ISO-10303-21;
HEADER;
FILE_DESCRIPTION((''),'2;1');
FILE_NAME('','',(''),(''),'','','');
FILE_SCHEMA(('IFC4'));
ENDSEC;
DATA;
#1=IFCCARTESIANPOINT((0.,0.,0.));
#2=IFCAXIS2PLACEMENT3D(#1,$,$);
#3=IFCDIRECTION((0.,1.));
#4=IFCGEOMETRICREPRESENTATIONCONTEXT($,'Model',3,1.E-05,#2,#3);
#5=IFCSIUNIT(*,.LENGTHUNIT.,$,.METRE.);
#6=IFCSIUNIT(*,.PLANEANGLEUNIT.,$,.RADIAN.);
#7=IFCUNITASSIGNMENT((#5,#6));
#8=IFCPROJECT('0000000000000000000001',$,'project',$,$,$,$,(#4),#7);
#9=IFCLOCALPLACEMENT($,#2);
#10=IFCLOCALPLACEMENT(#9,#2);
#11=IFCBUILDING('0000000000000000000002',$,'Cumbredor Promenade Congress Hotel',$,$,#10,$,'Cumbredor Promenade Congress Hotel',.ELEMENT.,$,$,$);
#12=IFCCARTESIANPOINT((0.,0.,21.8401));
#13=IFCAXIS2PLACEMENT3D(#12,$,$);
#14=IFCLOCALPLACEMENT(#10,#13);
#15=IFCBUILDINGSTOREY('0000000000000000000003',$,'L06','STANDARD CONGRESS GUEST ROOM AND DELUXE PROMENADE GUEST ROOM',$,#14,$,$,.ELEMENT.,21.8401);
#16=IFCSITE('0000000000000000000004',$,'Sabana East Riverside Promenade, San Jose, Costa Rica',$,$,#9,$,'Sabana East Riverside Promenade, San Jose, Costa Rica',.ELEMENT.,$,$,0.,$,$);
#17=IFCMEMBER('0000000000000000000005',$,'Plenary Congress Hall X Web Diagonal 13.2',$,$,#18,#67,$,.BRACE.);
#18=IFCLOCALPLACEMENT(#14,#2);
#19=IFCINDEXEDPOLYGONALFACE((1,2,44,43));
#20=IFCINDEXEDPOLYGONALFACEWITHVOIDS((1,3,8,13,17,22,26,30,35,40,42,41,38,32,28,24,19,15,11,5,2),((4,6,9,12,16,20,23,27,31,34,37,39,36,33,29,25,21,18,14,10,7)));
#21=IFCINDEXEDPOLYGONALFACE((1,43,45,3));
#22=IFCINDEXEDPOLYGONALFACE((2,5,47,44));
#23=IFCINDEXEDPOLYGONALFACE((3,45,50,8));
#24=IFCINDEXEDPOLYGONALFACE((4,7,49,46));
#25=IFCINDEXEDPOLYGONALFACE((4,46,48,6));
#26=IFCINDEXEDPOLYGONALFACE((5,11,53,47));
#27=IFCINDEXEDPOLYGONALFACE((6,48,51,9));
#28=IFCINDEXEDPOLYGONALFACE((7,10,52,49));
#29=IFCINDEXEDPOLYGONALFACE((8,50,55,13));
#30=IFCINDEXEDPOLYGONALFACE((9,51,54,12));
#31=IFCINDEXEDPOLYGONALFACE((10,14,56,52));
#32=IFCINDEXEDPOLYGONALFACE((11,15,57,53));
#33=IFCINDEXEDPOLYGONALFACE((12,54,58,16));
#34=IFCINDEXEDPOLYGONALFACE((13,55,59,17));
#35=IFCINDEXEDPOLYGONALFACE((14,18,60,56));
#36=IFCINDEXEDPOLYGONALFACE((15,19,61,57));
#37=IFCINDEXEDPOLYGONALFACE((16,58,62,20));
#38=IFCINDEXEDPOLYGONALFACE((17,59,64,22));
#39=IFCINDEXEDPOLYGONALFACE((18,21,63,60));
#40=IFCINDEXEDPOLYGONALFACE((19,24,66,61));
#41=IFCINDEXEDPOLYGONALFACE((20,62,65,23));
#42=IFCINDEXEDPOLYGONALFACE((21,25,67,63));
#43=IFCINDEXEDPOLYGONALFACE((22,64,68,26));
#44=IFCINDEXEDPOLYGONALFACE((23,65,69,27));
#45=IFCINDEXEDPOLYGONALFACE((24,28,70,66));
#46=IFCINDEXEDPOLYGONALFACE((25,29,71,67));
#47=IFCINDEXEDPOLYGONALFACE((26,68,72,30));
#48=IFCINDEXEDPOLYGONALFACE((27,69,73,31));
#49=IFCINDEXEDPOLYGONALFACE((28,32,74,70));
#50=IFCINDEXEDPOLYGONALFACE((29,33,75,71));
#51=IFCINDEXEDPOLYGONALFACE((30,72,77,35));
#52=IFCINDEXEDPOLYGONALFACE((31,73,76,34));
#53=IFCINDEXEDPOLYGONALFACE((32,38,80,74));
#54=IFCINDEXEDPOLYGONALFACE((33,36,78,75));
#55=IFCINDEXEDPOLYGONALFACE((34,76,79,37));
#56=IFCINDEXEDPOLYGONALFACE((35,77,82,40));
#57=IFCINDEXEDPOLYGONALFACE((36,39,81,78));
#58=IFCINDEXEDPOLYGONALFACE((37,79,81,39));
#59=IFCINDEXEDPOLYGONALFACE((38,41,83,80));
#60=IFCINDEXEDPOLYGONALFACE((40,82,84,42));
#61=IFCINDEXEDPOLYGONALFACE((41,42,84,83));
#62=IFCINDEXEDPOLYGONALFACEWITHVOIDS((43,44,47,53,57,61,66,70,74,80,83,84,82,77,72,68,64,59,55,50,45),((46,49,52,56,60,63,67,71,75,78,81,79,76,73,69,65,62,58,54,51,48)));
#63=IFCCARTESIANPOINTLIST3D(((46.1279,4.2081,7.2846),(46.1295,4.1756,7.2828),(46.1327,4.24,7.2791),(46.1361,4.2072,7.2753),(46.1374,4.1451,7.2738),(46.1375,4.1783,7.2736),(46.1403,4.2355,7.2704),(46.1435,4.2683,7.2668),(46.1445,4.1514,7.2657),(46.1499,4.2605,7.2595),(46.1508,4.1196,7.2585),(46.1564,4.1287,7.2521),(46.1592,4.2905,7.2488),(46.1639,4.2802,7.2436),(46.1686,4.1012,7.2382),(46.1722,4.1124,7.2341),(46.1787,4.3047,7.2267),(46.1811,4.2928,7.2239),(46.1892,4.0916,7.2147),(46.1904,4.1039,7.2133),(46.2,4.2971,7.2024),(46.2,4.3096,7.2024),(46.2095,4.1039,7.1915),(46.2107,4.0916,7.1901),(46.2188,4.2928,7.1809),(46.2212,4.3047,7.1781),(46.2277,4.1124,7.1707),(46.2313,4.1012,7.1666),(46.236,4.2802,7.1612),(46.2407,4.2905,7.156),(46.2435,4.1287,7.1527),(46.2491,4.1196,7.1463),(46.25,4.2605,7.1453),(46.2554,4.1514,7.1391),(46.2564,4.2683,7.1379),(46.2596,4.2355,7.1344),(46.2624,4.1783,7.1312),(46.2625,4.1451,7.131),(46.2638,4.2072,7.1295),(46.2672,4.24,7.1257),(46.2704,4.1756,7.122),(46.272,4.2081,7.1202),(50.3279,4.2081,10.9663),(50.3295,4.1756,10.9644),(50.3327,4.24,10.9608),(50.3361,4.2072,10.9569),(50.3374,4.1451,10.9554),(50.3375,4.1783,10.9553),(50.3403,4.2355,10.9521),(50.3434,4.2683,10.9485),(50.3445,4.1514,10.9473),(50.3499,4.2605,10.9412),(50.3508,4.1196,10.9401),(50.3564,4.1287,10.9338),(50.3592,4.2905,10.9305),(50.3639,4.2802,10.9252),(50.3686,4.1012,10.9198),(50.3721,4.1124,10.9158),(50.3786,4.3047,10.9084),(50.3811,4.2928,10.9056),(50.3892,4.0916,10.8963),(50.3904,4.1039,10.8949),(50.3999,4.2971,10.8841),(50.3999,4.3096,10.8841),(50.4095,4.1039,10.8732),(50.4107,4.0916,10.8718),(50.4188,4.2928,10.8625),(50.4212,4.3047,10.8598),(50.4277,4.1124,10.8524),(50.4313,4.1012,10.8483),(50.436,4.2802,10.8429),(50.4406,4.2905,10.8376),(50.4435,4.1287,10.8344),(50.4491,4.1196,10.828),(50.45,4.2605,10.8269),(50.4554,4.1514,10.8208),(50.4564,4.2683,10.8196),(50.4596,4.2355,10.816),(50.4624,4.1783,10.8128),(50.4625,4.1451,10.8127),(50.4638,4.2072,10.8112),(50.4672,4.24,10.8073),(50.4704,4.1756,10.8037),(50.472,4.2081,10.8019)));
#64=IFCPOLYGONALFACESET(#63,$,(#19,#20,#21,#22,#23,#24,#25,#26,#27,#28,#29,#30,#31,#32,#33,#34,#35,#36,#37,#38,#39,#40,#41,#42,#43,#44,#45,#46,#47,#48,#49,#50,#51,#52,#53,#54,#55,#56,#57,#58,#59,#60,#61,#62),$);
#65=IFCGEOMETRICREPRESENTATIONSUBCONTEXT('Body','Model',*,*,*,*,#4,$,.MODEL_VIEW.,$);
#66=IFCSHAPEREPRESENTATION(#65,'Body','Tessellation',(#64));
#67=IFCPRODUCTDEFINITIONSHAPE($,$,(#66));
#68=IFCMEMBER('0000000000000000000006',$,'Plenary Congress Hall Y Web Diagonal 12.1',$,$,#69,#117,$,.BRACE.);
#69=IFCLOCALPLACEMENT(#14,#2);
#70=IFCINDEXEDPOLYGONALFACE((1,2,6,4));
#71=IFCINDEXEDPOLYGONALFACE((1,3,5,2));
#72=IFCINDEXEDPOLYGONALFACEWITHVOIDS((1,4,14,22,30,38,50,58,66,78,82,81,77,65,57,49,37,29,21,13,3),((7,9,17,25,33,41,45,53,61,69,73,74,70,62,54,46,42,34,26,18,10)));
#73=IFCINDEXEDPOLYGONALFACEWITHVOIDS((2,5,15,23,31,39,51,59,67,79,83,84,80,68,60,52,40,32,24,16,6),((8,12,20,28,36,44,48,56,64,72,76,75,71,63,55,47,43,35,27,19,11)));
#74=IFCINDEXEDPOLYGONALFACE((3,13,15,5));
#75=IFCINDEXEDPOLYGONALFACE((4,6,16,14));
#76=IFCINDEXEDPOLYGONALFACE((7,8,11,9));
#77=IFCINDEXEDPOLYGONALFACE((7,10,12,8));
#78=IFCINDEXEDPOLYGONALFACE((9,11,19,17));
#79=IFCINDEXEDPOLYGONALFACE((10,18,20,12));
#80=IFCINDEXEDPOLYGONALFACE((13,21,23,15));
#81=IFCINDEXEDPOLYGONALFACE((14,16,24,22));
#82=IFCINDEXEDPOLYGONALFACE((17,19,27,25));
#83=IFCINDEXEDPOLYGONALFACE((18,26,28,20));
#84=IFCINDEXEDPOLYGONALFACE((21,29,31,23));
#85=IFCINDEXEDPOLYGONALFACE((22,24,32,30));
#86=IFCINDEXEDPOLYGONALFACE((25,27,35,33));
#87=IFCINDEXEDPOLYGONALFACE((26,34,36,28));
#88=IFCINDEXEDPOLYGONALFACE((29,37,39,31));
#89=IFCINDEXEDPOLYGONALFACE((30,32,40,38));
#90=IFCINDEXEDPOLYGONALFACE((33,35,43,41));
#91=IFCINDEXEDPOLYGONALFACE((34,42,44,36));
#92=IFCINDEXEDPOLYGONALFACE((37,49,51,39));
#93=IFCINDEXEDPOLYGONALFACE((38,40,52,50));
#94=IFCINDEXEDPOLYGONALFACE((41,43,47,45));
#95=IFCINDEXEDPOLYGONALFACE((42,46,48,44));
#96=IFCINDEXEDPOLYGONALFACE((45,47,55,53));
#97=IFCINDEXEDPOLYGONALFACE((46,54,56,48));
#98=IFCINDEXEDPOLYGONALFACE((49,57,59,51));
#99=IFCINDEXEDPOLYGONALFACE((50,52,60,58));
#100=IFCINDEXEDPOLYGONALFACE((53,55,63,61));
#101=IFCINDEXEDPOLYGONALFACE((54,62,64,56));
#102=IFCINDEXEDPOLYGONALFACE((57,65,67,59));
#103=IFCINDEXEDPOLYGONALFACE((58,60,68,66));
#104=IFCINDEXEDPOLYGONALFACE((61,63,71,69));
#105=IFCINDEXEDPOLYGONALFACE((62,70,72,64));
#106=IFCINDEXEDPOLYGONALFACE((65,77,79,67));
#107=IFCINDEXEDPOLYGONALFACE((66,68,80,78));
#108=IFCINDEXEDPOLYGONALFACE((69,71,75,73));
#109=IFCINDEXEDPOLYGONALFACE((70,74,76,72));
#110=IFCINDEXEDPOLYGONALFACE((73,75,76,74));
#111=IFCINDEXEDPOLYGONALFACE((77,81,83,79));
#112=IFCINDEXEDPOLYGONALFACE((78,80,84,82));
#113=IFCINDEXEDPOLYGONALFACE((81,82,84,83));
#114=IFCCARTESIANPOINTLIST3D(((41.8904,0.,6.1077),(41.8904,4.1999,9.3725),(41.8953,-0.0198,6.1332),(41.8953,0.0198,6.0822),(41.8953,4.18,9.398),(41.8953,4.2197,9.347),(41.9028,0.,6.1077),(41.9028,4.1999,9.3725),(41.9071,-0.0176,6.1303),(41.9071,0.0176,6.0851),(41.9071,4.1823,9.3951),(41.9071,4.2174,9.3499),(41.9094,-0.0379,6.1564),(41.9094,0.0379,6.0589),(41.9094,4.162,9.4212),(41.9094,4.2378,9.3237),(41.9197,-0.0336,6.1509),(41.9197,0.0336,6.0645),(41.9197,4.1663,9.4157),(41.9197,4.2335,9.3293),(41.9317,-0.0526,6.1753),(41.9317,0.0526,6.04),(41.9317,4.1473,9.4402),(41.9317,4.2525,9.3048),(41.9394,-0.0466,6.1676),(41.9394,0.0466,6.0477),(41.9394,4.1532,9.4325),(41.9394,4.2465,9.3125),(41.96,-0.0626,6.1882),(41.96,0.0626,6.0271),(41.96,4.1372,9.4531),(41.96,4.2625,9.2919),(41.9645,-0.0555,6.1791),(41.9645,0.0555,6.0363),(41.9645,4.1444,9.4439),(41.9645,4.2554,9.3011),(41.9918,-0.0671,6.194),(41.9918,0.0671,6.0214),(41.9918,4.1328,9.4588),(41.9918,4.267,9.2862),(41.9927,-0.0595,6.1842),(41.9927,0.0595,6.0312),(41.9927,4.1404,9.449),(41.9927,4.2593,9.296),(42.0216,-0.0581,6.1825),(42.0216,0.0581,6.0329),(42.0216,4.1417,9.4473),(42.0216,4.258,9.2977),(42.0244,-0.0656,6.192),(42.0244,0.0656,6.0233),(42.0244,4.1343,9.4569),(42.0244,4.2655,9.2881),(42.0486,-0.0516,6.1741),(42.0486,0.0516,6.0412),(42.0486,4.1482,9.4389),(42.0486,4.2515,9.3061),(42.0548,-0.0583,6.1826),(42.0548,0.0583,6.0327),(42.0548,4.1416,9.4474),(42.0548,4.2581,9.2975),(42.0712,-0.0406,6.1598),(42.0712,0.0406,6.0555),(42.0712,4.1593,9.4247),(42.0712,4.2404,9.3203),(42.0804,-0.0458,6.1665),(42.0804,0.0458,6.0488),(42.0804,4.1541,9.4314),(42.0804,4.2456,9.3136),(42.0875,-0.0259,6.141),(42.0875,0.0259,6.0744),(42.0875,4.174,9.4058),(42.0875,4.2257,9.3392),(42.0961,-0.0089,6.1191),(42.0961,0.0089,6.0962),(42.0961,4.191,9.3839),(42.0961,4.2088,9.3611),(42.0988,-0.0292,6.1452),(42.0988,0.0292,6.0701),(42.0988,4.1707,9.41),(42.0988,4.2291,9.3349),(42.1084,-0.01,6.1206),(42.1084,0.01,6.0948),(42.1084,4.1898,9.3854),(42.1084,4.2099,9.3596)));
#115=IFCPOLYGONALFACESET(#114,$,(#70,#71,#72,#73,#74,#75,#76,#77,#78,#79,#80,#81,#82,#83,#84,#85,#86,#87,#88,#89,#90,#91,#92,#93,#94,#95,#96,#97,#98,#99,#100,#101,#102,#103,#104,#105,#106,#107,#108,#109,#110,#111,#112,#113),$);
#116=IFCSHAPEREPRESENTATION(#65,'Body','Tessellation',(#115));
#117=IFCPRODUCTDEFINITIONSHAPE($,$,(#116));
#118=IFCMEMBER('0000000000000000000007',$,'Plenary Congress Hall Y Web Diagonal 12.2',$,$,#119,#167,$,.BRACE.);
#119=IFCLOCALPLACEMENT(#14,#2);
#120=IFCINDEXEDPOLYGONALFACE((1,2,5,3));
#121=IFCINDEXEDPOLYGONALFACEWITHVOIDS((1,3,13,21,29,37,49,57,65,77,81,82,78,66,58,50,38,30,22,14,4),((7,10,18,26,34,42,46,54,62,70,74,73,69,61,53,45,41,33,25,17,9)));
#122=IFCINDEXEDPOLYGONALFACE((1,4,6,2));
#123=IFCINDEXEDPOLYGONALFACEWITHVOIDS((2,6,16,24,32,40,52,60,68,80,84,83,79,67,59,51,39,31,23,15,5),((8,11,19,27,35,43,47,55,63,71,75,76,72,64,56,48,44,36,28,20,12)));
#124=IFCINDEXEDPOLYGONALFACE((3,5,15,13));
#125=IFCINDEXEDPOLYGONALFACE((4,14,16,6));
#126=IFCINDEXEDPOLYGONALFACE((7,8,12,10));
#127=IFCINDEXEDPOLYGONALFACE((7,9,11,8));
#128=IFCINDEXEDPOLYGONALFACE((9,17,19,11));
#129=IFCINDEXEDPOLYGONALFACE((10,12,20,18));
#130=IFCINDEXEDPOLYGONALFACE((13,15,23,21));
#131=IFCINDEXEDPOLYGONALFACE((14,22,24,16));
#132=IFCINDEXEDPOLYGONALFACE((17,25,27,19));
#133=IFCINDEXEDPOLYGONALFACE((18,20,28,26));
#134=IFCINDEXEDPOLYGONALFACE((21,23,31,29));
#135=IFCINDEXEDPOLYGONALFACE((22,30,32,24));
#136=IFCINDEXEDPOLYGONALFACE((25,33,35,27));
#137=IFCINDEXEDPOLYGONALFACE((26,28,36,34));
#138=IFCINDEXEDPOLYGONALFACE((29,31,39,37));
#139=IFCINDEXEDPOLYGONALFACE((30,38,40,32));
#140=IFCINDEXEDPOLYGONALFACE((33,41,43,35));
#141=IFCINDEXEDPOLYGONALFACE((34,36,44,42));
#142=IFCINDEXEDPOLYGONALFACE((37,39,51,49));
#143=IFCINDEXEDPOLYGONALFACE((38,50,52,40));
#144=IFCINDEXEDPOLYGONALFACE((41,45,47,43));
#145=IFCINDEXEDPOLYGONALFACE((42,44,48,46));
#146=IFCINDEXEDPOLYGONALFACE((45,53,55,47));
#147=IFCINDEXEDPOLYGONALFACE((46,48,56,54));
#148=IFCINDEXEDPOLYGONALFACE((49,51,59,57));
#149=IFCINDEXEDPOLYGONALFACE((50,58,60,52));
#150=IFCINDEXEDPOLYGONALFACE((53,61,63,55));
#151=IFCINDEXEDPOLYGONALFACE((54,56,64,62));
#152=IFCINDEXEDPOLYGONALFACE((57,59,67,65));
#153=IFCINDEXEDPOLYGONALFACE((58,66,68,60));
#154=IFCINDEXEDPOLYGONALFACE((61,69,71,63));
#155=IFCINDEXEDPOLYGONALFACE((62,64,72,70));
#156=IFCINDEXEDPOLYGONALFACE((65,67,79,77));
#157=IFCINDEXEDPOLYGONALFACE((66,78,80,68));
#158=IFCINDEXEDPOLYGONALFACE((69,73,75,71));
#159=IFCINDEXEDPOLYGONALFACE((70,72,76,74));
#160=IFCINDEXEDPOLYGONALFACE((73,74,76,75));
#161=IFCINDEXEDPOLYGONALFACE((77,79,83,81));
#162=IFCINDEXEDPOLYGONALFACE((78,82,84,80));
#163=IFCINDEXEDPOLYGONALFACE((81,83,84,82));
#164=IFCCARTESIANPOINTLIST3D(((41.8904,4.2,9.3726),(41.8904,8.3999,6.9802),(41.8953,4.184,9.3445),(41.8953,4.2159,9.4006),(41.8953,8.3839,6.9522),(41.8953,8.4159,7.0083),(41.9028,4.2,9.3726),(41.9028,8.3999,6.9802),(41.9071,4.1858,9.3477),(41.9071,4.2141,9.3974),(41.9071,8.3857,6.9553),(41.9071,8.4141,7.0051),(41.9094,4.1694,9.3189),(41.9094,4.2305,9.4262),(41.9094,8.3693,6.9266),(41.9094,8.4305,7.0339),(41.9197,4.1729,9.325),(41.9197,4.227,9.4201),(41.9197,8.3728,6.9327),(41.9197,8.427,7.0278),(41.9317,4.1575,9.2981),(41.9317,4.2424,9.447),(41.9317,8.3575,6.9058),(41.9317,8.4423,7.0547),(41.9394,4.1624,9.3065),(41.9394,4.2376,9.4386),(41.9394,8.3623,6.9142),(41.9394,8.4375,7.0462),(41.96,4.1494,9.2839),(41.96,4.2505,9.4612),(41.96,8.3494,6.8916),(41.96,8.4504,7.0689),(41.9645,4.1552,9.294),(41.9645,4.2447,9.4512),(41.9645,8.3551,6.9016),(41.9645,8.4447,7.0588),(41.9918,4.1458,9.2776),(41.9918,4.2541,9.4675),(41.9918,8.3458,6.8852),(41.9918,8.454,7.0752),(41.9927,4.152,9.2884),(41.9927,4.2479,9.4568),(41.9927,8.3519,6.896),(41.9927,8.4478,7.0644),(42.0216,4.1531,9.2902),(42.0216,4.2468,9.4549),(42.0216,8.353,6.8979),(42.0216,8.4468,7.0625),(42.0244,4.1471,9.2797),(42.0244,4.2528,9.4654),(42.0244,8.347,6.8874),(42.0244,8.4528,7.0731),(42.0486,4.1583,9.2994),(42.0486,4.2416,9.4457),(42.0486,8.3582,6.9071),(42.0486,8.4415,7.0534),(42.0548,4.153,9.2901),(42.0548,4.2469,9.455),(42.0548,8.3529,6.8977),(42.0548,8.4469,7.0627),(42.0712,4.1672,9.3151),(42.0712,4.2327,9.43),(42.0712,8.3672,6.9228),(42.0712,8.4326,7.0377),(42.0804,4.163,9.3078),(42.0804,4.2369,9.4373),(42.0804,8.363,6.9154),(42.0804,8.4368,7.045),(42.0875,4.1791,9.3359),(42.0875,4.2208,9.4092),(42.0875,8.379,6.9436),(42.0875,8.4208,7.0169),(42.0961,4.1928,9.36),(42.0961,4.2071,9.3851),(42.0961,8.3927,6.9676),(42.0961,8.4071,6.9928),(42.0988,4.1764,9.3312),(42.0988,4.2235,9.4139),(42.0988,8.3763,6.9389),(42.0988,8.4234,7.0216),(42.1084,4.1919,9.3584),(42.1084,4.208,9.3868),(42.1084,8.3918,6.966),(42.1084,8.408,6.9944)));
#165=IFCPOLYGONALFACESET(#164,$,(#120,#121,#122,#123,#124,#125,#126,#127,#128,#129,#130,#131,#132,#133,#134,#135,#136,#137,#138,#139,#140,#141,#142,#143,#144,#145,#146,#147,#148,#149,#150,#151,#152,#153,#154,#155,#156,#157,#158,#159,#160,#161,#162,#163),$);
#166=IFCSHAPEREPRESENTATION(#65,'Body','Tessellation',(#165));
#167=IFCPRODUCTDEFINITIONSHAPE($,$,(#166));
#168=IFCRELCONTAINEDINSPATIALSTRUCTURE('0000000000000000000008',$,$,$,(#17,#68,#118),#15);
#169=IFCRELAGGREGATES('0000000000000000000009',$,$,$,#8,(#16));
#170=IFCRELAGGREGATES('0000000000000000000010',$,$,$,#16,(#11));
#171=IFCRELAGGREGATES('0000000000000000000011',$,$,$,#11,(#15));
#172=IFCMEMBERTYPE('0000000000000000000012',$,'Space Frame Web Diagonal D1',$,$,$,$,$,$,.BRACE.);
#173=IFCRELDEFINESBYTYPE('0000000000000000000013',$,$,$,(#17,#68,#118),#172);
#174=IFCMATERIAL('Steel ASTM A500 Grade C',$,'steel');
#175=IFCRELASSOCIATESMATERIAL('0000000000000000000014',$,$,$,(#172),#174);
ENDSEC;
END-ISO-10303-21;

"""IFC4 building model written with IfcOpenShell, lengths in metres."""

from ifc_helpers import new_model, si_unit, direction, frame, origin, origin_2d, place, context, subcontext, project, spatial, hollow_circle, extrude, material, material_profile, profile_set, type_object, element, save


model = new_model("IFC4")

# Units and contexts
model_context = context("Model", 3, precision=1e-05, world=origin(), true_north=direction((0.0, 1.0)))
body_context = subcontext(model_context, "Body", "Model", "MODEL_VIEW")
ifc_project = project(units=[si_unit("LENGTHUNIT", "METRE"), si_unit("PLANEANGLEUNIT", "RADIAN")], contexts=[model_context])

# Site, building, storey
site_placement = place(None, origin())
site = spatial("IfcSite", under=ifc_project, at=site_placement, Name="Sabana East Riverside Promenade, San Jose, Costa Rica", LongName="Sabana East Riverside Promenade, San Jose, Costa Rica", CompositionType="ELEMENT", RefElevation=0.0)
building_placement = place(site_placement, origin())
building = spatial("IfcBuilding", under=site, at=building_placement, Name="Cumbredor Promenade Congress Hotel", LongName="Cumbredor Promenade Congress Hotel", CompositionType="ELEMENT")
storey_placement = place(building_placement, frame((0.0, 0.0, 21.8401)))
storey = spatial("IfcBuildingStorey", under=building, at=storey_placement, Name="L06", Description="STANDARD CONGRESS GUEST ROOM AND DELUXE PROMENADE GUEST ROOM", CompositionType="ELEMENT", Elevation=21.8401)

# Members
ifc_material_1 = material(Name="Steel ASTM A500 Grade C", Category="steel")
ifc_material_profile_1 = material_profile(ifc_material_1, hollow_circle(Radius=0.1096, WallThickness=0.0125, at=origin_2d()), Name="CHS 219.1x12.5")
ifc_profile_set_1 = profile_set([ifc_material_profile_1], Name="Steel ASTM A500 Grade C")
member_type_1 = type_object("IfcMemberType", Name="Space Frame Web Diagonal D1", PredefinedType="BRACE", material=ifc_profile_set_1)
member_1_placement = place(storey_placement, frame((46.2, 4.2, 7.2024), z_axis=(0.751983, 0.0, 0.659182), x_axis=(0.0, 1.0, 0.0)))
element("IfcMember", 1, at=member_1_placement, inside=storey, type_object=member_type_1, Name="Plenary Congress Hall X Web Diagonal 13.2", PredefinedType="BRACE", context=body_context, shape_type="SweptSolid", body=[
    extrude(hollow_circle(Radius=0.1096, WallThickness=0.0125, at=origin_2d()), origin(), (0.0, 0.0, 1.0), 5.5852),
])
member_2_placement = place(storey_placement, frame((42.0, 0.0, 6.1077), z_axis=(0.0, 0.78951, 0.613737), x_axis=(-1.0, 0.0, 0.0)))
element("IfcMember", 2, at=member_2_placement, inside=storey, type_object=member_type_1, Name="Plenary Congress Hall Y Web Diagonal 12.1", PredefinedType="BRACE", context=body_context, shape_type="SweptSolid", body=[
    extrude(hollow_circle(Radius=0.1096, WallThickness=0.0125, at=origin_2d()), origin(), (0.0, 0.0, 1.0), 5.3196),
])
member_3_placement = place(storey_placement, frame((42.0, 4.2, 9.3726), z_axis=(0.0, 0.868923, -0.494947), x_axis=(-1.0, 0.0, 0.0)))
element("IfcMember", 3, at=member_3_placement, inside=storey, type_object=member_type_1, Name="Plenary Congress Hall Y Web Diagonal 12.2", PredefinedType="BRACE", context=body_context, shape_type="SweptSolid", body=[
    extrude(hollow_circle(Radius=0.1096, WallThickness=0.0125, at=origin_2d()), origin(), (0.0, 0.0, 1.0), 4.8335),
])

save(model, "model.ifc")
